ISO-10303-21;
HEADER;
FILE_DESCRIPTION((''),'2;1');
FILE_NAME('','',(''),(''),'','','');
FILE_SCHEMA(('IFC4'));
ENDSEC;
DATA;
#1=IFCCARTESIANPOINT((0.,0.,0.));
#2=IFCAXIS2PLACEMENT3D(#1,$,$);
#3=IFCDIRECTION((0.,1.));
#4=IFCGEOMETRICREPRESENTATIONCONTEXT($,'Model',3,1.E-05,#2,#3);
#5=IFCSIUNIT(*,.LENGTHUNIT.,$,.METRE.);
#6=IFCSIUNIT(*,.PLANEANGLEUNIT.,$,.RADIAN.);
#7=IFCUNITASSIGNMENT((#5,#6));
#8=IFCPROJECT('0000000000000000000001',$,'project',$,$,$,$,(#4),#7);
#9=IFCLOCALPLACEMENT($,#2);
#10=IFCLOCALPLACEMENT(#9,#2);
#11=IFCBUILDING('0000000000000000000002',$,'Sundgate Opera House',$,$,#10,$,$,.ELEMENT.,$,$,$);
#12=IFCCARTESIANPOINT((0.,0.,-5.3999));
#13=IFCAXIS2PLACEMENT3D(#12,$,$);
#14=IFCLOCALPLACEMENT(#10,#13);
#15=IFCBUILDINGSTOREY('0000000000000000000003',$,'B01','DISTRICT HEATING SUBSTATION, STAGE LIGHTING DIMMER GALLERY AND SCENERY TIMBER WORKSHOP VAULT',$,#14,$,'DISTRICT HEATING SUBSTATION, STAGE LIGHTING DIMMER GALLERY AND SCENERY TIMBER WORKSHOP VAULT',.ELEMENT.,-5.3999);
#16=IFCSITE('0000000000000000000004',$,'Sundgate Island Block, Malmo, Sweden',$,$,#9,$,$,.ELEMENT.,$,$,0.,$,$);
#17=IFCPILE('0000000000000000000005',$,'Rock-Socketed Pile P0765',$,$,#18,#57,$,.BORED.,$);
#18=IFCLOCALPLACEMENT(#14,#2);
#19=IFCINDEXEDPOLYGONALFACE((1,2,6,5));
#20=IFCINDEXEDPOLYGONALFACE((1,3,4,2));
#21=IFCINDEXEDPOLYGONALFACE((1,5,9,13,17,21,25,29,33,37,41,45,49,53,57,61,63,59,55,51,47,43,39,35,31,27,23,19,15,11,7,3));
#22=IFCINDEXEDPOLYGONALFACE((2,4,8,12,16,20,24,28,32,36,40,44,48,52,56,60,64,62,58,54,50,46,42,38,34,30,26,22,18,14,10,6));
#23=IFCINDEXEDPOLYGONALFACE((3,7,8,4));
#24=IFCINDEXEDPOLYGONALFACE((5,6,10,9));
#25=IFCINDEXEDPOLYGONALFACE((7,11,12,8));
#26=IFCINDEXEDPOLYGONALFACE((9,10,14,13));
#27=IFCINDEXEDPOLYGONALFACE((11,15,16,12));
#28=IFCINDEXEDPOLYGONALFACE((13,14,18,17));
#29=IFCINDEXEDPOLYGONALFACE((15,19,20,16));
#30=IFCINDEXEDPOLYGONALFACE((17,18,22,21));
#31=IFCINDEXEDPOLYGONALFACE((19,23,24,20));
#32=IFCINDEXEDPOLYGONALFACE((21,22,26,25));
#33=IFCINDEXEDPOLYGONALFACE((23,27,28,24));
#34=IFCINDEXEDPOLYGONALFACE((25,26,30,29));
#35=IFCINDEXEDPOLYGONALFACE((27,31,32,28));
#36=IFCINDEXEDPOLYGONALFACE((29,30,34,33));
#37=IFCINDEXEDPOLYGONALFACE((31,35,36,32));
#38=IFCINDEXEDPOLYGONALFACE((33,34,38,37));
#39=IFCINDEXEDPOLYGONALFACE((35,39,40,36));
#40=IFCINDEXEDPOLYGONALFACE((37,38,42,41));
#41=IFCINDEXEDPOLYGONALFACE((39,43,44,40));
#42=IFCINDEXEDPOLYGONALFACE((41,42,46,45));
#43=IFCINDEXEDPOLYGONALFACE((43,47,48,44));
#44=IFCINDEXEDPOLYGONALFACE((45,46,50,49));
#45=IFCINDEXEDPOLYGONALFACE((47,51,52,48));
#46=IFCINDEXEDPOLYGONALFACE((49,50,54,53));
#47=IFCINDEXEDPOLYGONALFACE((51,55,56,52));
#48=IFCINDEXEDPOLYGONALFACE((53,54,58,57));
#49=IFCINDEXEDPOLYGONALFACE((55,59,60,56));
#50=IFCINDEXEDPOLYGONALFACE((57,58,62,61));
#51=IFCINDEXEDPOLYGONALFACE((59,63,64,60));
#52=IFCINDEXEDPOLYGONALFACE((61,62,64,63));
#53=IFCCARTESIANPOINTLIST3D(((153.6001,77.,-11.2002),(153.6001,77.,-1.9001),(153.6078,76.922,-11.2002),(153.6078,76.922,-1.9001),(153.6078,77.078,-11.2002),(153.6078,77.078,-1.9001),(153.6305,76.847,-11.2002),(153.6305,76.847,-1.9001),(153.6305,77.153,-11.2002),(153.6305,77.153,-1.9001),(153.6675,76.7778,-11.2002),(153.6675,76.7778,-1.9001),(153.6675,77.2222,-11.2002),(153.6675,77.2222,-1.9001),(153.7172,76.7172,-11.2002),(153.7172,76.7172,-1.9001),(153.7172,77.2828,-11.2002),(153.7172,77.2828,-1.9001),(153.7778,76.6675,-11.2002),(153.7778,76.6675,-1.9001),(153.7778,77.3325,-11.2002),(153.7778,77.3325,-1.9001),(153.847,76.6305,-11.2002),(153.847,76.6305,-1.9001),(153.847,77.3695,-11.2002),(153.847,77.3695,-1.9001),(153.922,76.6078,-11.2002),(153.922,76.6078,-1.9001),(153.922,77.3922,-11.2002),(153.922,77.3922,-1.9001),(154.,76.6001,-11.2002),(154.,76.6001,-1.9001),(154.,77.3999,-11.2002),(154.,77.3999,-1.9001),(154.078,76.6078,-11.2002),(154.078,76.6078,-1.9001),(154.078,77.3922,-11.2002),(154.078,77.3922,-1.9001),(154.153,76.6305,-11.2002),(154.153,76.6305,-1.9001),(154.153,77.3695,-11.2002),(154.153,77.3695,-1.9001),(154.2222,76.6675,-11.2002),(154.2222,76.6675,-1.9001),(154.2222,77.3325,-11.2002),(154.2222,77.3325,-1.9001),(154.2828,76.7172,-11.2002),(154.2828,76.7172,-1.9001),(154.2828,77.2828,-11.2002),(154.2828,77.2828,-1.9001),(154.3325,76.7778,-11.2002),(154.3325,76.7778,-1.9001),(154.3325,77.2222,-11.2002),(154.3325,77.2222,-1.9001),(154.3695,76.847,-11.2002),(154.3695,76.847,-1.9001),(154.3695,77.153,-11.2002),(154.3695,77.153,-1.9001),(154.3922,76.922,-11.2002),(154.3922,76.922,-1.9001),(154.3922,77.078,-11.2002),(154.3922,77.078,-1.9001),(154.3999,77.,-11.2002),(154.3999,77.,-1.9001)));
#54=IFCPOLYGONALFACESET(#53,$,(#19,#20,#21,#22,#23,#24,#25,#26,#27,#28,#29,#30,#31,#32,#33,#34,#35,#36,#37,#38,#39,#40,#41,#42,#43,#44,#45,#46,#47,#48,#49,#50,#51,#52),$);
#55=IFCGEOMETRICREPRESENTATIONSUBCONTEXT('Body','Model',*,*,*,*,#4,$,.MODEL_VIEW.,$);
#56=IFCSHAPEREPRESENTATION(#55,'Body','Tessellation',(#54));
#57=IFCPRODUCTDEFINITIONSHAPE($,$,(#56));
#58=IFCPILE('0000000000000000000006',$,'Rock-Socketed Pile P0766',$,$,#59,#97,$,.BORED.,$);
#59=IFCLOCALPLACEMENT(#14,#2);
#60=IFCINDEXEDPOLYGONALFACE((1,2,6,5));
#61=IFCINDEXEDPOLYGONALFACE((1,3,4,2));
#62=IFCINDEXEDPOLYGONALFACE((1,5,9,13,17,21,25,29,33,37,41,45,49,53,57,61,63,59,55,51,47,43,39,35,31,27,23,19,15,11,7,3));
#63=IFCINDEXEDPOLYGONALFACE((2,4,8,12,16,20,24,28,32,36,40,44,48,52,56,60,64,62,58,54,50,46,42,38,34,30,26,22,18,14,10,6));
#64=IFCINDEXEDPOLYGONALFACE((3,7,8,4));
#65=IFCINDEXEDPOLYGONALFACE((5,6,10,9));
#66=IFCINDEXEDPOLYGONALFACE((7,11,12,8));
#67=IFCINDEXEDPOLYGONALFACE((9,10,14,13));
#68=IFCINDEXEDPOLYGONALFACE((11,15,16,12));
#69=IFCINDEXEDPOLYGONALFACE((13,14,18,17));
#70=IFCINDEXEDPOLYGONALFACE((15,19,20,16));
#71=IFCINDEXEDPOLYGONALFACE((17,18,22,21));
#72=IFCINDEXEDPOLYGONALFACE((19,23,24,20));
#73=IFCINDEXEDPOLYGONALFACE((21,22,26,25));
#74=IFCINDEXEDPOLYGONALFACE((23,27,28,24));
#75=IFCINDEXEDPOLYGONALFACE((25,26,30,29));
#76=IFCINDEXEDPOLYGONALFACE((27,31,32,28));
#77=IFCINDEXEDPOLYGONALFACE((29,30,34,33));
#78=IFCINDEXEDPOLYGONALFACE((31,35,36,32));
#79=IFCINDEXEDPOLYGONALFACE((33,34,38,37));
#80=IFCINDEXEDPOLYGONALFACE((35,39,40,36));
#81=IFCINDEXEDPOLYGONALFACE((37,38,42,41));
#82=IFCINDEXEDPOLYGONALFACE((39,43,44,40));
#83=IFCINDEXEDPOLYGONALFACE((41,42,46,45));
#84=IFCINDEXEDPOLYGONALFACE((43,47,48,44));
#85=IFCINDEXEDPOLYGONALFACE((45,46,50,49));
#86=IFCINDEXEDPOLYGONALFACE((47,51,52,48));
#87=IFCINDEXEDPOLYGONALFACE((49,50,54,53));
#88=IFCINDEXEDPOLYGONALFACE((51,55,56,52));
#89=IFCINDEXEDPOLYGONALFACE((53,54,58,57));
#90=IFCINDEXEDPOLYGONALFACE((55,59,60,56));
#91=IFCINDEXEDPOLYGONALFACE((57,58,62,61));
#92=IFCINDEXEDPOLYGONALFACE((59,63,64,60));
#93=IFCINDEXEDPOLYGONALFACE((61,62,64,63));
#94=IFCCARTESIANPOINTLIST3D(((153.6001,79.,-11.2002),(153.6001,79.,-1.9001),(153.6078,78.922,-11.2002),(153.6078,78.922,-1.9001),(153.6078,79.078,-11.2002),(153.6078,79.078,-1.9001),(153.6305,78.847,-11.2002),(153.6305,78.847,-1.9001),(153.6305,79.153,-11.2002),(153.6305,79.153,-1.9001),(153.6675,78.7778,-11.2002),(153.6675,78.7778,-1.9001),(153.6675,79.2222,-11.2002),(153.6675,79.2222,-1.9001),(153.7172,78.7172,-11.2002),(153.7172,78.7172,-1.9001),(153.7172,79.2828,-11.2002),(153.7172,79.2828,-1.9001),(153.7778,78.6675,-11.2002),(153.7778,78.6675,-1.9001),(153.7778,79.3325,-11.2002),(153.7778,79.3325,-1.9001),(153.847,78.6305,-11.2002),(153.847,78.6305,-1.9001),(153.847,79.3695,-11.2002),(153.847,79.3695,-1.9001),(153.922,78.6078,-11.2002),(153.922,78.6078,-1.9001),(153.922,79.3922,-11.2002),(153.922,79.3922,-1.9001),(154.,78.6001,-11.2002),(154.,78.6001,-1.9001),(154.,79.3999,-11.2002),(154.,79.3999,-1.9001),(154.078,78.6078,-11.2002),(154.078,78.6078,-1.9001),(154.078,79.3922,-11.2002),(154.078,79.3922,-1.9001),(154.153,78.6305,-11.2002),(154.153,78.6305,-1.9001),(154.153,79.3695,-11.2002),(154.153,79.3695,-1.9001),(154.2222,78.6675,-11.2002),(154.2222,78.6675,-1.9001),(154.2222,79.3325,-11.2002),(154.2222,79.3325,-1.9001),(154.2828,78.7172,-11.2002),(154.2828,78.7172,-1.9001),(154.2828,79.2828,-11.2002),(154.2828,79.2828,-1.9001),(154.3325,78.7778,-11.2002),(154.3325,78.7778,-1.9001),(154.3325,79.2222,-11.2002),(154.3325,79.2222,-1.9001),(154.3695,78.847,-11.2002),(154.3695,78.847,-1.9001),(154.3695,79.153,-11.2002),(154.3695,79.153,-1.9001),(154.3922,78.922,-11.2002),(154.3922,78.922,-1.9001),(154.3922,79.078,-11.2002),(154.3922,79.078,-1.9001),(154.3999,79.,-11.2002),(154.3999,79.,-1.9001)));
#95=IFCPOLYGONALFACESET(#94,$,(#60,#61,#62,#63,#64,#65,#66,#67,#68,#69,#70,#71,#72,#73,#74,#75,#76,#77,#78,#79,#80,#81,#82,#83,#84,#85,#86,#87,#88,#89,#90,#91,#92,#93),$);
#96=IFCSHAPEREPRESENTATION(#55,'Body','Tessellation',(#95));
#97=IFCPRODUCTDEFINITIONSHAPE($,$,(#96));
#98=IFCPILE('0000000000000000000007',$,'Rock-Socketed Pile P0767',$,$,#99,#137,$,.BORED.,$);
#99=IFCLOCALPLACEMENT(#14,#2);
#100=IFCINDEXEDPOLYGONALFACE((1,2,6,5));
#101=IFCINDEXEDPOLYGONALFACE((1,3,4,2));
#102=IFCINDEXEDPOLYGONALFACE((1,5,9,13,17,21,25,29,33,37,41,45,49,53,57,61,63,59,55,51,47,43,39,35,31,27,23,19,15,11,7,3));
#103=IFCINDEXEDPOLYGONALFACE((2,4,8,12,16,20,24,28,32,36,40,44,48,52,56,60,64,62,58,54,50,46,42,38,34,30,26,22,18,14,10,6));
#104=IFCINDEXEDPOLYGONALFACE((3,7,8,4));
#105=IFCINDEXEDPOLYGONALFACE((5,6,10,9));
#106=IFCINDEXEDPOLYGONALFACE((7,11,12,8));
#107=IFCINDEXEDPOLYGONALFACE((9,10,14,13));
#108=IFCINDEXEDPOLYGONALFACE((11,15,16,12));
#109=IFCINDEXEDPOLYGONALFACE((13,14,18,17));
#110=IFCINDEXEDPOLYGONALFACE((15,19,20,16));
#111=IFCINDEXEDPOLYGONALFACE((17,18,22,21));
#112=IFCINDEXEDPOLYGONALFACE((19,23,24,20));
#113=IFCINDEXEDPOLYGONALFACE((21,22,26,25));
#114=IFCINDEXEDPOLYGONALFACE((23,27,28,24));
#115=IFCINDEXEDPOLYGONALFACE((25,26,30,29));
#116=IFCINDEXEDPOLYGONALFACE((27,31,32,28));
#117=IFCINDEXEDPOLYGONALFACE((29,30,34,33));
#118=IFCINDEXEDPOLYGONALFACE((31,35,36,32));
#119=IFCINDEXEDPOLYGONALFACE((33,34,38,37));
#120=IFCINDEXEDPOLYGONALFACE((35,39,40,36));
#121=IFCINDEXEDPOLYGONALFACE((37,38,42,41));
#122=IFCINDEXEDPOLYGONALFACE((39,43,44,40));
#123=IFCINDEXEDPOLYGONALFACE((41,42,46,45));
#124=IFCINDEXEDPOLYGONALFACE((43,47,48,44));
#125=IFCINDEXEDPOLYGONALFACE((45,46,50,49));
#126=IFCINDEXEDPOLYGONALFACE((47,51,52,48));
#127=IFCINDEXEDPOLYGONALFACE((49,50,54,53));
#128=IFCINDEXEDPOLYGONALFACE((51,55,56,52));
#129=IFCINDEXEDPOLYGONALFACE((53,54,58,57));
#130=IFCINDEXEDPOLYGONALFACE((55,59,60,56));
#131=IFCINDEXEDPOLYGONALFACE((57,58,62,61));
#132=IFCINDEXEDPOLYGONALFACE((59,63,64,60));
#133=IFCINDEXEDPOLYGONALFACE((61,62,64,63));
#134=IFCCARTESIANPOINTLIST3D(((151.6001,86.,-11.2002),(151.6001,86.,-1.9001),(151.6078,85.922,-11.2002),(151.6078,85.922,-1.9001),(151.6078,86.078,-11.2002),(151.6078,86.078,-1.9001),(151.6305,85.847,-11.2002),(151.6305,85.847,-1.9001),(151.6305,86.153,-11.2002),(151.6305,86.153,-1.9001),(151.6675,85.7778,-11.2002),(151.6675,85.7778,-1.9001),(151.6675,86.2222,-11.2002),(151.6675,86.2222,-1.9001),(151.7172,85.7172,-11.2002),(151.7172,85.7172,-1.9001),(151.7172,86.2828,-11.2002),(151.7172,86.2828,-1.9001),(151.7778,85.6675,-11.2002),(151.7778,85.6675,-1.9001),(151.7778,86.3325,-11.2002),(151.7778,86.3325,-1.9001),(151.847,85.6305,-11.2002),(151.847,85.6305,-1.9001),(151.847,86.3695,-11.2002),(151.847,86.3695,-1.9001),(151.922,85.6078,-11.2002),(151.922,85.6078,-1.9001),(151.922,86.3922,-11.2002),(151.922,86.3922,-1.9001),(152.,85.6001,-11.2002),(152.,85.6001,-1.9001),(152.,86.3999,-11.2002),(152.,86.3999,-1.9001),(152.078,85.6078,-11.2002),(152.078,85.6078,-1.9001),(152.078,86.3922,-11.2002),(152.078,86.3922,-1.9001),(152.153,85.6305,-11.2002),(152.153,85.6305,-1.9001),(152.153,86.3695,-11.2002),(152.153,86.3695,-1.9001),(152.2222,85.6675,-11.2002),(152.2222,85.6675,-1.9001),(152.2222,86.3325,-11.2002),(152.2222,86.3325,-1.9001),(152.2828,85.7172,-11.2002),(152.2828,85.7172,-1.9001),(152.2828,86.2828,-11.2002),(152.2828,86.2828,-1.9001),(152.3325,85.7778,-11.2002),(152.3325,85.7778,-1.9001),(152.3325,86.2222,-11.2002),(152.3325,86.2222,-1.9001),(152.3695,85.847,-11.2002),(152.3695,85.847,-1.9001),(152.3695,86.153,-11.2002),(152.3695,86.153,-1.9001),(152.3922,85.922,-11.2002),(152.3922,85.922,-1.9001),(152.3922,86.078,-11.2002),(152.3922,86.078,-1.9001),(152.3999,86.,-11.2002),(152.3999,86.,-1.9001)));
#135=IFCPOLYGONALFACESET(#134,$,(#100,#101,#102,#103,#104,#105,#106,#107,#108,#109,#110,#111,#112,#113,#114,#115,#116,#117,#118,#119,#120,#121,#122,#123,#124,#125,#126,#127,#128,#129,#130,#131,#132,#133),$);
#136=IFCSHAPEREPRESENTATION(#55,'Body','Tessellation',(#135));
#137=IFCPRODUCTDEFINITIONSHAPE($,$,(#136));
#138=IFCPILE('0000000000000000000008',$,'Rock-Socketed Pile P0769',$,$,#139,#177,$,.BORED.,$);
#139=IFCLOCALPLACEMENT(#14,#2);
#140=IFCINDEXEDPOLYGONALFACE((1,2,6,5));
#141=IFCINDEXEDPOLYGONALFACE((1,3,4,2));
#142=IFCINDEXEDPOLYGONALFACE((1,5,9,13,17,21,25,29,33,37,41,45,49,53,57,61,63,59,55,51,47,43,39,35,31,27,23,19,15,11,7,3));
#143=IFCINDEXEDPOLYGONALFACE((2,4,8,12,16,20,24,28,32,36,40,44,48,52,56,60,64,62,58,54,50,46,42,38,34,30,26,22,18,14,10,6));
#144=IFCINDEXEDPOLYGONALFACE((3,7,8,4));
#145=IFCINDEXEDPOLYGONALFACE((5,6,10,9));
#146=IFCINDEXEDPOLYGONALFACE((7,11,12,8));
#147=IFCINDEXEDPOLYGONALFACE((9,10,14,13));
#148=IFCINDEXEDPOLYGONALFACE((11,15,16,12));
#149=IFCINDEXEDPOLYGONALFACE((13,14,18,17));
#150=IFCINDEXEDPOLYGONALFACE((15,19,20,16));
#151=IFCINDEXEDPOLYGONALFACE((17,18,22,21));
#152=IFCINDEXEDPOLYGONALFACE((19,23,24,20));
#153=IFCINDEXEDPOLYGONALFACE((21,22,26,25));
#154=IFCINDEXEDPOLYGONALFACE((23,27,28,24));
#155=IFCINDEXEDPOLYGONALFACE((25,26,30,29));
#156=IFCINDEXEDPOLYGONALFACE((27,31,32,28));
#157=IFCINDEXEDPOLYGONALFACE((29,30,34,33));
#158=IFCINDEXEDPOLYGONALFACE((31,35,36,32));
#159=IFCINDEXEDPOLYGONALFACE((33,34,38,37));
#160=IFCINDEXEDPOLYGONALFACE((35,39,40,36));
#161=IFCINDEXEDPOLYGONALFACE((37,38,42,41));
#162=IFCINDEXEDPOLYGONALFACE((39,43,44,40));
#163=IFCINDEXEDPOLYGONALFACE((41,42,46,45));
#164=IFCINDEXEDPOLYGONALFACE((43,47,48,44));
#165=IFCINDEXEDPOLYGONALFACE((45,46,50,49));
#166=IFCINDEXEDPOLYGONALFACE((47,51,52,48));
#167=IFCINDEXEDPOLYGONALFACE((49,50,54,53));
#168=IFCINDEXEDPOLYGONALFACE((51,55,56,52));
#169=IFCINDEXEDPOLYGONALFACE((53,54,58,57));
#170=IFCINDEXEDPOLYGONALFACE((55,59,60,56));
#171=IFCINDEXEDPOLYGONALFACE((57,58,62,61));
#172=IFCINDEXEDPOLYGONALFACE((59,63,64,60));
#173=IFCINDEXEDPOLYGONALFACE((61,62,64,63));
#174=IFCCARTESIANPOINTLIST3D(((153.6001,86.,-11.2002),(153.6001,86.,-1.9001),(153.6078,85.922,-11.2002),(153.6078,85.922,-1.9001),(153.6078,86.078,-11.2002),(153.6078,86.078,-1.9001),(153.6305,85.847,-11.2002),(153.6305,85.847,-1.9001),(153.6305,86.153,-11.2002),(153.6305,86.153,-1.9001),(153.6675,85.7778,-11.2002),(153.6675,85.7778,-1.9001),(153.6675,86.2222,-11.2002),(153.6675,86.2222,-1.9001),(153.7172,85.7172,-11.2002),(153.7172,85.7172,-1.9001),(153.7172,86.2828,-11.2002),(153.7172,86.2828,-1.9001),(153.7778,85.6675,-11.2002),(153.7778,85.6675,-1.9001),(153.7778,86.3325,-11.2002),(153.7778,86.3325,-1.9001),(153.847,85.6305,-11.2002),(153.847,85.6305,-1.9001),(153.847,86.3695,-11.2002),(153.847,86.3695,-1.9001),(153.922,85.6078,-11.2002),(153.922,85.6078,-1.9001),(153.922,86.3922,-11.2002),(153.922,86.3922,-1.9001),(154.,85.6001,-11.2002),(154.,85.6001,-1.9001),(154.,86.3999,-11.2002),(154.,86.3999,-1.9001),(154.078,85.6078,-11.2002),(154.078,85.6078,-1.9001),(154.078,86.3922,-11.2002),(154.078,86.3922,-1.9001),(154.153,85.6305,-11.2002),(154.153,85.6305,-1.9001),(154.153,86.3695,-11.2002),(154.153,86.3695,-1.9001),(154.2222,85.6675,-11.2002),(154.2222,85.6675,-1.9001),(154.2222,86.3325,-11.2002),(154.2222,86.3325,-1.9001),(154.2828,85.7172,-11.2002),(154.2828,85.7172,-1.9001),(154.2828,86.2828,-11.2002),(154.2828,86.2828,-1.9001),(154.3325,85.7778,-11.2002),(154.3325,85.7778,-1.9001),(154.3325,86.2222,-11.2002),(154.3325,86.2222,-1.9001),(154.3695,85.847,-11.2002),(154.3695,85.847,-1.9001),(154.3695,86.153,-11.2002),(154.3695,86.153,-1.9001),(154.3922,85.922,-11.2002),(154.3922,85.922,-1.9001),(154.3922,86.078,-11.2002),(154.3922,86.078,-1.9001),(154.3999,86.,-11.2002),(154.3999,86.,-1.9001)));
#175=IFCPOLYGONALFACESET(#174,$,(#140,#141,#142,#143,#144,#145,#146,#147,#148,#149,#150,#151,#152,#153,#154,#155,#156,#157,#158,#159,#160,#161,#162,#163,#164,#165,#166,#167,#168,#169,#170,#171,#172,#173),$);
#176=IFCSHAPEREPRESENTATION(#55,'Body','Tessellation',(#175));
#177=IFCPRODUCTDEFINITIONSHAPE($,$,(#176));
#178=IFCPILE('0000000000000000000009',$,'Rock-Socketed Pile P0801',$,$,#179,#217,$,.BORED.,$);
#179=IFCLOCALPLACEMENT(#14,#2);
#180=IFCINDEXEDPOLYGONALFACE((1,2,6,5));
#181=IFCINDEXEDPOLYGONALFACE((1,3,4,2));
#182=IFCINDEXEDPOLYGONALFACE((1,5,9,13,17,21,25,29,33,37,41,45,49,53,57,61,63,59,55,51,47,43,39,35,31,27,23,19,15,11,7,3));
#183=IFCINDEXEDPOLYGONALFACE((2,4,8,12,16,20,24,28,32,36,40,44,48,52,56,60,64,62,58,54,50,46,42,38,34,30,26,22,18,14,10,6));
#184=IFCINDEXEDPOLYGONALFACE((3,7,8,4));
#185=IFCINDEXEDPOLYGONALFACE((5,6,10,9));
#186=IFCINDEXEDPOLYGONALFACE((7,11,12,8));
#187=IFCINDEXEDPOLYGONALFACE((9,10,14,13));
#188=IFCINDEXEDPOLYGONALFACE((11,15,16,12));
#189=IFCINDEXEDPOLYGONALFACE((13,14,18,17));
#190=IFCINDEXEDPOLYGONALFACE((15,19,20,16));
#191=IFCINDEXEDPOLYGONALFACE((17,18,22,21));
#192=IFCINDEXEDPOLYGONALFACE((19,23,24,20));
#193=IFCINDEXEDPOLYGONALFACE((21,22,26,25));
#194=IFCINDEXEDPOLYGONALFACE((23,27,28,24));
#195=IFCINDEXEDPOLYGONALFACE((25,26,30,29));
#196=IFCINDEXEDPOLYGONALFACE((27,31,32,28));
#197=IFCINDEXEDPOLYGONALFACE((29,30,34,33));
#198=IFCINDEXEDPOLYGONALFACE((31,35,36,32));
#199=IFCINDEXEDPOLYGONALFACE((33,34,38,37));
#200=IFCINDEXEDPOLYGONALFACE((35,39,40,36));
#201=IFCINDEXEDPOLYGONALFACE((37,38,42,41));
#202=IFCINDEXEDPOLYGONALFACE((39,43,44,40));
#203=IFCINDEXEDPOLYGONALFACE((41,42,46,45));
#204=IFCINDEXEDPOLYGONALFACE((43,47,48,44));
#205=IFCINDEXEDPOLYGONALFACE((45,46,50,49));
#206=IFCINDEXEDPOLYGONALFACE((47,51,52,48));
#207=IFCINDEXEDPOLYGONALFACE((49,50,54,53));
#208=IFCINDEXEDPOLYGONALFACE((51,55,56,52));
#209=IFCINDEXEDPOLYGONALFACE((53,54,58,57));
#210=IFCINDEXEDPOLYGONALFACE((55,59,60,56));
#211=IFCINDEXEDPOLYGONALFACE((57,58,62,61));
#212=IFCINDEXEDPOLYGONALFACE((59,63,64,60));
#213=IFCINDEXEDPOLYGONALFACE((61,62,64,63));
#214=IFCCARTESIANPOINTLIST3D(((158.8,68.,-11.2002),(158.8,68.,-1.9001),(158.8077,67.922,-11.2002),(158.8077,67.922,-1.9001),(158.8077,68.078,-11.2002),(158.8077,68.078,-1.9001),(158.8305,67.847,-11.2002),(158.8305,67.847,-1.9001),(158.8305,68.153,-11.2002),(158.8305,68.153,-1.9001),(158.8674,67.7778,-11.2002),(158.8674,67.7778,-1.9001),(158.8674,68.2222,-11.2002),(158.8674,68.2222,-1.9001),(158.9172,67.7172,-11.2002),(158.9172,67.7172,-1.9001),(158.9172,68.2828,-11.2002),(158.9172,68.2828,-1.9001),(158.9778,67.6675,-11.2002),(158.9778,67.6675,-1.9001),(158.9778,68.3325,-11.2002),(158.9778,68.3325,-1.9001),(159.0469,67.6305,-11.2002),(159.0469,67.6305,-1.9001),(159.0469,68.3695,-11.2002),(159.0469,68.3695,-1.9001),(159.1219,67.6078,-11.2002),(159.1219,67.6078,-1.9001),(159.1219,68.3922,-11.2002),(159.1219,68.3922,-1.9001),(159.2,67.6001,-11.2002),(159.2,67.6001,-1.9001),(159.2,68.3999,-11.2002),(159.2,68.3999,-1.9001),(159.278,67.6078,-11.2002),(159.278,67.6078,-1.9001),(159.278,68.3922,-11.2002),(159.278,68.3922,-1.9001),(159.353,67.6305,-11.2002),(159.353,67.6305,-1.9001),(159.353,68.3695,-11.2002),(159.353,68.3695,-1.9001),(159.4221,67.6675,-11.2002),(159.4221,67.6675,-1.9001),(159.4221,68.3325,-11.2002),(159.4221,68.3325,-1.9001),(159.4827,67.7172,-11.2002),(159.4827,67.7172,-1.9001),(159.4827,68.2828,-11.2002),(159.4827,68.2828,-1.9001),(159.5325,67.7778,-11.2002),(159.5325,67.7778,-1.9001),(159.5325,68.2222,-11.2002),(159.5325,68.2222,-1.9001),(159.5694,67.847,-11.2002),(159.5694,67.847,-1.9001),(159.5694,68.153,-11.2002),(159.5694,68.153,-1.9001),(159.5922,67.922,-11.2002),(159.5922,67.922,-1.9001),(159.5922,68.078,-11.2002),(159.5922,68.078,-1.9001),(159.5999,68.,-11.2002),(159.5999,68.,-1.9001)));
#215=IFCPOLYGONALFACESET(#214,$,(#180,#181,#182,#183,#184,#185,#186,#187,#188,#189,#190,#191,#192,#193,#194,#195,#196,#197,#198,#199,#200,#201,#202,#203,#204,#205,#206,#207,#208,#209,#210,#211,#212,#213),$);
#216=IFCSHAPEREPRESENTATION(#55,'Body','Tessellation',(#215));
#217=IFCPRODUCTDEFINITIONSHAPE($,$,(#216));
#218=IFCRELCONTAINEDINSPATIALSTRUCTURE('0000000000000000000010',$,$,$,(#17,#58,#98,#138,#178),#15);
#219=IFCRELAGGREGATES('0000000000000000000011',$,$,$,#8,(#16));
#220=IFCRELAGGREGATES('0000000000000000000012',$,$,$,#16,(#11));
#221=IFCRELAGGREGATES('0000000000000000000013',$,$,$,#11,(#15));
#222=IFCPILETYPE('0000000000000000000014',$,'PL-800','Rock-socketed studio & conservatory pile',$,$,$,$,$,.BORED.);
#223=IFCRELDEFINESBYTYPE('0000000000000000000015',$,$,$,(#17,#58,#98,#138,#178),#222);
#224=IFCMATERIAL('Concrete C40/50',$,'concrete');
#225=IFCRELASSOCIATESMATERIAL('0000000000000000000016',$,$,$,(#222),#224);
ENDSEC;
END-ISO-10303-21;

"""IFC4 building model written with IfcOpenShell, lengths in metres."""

from ifc_helpers import new_model, si_unit, direction, frame, origin, origin_2d, place, context, subcontext, project, spatial, circle, extrude, material, material_profile, profile_set, type_object, element, save


model = new_model("IFC4")

# Units and contexts
model_context = context("Model", 3, precision=1e-05, world=origin(), true_north=direction((0.0, 1.0)))
body_context = subcontext(model_context, "Body", "Model", "MODEL_VIEW")
ifc_project = project(units=[si_unit("LENGTHUNIT", "METRE"), si_unit("PLANEANGLEUNIT", "RADIAN")], contexts=[model_context])

# Site, building, storey
site_placement = place(None, origin())
site = spatial("IfcSite", under=ifc_project, at=site_placement, Name="Sundgate Island Block, Malmo, Sweden", CompositionType="ELEMENT", RefElevation=0.0)
building_placement = place(site_placement, origin())
building = spatial("IfcBuilding", under=site, at=building_placement, Name="Sundgate Opera House", CompositionType="ELEMENT")
storey_placement = place(building_placement, frame((0.0, 0.0, -5.3999)))
storey = spatial("IfcBuildingStorey", under=building, at=storey_placement, Name="B01", Description="DISTRICT HEATING SUBSTATION, STAGE LIGHTING DIMMER GALLERY AND SCENERY TIMBER WORKSHOP VAULT", LongName="DISTRICT HEATING SUBSTATION, STAGE LIGHTING DIMMER GALLERY AND SCENERY TIMBER WORKSHOP VAULT", CompositionType="ELEMENT", Elevation=-5.3999)

# Piles
ifc_material_1 = material(Name="Concrete C40/50", Category="concrete")
ifc_material_profile_1 = material_profile(ifc_material_1, circle(Radius=0.3999, at=origin_2d()), Name="PILE D800")
ifc_profile_set_1 = profile_set([ifc_material_profile_1], Name="Concrete C40/50")
pile_type = type_object("IfcPileType", Name="PL-800", Description="Rock-socketed studio & conservatory pile", PredefinedType="BORED", material=ifc_profile_set_1)
for number, where, z_axis, x_axis, name in (
    (1, (154.0, 77.0, -1.9001), (0.0, 0.0, -1.0), (1.0, 0.0, 0.0), "Rock-Socketed Pile P0765"),
    (2, (154.0, 79.0, -1.9001), (0.0, 0.0, -1.0), (1.0, 0.0, 0.0), "Rock-Socketed Pile P0766"),
    (3, (152.0, 86.0, -1.9001), (0.0, 0.0, -1.0), (1.0, 0.0, 0.0), "Rock-Socketed Pile P0767"),
    (4, (154.0, 86.0, -1.9001), (0.0, 0.0, -1.0), (1.0, 0.0, 0.0), "Rock-Socketed Pile P0769"),
    (5, (159.2, 68.0, -1.9001), (0.0, 0.0, -1.0), (1.0, 0.0, 0.0), "Rock-Socketed Pile P0801"),
):
    element("IfcPile", number, at=place(storey_placement, frame(where, z_axis=z_axis, x_axis=x_axis)), inside=storey, type_object=pile_type, Name=name, PredefinedType="BORED", context=body_context, shape_type="SweptSolid", body=[
        extrude(circle(Radius=0.3999, at=origin_2d()), origin(), (0.0, 0.0, 1.0), 9.3),
    ])

save(model, "model.ifc")
